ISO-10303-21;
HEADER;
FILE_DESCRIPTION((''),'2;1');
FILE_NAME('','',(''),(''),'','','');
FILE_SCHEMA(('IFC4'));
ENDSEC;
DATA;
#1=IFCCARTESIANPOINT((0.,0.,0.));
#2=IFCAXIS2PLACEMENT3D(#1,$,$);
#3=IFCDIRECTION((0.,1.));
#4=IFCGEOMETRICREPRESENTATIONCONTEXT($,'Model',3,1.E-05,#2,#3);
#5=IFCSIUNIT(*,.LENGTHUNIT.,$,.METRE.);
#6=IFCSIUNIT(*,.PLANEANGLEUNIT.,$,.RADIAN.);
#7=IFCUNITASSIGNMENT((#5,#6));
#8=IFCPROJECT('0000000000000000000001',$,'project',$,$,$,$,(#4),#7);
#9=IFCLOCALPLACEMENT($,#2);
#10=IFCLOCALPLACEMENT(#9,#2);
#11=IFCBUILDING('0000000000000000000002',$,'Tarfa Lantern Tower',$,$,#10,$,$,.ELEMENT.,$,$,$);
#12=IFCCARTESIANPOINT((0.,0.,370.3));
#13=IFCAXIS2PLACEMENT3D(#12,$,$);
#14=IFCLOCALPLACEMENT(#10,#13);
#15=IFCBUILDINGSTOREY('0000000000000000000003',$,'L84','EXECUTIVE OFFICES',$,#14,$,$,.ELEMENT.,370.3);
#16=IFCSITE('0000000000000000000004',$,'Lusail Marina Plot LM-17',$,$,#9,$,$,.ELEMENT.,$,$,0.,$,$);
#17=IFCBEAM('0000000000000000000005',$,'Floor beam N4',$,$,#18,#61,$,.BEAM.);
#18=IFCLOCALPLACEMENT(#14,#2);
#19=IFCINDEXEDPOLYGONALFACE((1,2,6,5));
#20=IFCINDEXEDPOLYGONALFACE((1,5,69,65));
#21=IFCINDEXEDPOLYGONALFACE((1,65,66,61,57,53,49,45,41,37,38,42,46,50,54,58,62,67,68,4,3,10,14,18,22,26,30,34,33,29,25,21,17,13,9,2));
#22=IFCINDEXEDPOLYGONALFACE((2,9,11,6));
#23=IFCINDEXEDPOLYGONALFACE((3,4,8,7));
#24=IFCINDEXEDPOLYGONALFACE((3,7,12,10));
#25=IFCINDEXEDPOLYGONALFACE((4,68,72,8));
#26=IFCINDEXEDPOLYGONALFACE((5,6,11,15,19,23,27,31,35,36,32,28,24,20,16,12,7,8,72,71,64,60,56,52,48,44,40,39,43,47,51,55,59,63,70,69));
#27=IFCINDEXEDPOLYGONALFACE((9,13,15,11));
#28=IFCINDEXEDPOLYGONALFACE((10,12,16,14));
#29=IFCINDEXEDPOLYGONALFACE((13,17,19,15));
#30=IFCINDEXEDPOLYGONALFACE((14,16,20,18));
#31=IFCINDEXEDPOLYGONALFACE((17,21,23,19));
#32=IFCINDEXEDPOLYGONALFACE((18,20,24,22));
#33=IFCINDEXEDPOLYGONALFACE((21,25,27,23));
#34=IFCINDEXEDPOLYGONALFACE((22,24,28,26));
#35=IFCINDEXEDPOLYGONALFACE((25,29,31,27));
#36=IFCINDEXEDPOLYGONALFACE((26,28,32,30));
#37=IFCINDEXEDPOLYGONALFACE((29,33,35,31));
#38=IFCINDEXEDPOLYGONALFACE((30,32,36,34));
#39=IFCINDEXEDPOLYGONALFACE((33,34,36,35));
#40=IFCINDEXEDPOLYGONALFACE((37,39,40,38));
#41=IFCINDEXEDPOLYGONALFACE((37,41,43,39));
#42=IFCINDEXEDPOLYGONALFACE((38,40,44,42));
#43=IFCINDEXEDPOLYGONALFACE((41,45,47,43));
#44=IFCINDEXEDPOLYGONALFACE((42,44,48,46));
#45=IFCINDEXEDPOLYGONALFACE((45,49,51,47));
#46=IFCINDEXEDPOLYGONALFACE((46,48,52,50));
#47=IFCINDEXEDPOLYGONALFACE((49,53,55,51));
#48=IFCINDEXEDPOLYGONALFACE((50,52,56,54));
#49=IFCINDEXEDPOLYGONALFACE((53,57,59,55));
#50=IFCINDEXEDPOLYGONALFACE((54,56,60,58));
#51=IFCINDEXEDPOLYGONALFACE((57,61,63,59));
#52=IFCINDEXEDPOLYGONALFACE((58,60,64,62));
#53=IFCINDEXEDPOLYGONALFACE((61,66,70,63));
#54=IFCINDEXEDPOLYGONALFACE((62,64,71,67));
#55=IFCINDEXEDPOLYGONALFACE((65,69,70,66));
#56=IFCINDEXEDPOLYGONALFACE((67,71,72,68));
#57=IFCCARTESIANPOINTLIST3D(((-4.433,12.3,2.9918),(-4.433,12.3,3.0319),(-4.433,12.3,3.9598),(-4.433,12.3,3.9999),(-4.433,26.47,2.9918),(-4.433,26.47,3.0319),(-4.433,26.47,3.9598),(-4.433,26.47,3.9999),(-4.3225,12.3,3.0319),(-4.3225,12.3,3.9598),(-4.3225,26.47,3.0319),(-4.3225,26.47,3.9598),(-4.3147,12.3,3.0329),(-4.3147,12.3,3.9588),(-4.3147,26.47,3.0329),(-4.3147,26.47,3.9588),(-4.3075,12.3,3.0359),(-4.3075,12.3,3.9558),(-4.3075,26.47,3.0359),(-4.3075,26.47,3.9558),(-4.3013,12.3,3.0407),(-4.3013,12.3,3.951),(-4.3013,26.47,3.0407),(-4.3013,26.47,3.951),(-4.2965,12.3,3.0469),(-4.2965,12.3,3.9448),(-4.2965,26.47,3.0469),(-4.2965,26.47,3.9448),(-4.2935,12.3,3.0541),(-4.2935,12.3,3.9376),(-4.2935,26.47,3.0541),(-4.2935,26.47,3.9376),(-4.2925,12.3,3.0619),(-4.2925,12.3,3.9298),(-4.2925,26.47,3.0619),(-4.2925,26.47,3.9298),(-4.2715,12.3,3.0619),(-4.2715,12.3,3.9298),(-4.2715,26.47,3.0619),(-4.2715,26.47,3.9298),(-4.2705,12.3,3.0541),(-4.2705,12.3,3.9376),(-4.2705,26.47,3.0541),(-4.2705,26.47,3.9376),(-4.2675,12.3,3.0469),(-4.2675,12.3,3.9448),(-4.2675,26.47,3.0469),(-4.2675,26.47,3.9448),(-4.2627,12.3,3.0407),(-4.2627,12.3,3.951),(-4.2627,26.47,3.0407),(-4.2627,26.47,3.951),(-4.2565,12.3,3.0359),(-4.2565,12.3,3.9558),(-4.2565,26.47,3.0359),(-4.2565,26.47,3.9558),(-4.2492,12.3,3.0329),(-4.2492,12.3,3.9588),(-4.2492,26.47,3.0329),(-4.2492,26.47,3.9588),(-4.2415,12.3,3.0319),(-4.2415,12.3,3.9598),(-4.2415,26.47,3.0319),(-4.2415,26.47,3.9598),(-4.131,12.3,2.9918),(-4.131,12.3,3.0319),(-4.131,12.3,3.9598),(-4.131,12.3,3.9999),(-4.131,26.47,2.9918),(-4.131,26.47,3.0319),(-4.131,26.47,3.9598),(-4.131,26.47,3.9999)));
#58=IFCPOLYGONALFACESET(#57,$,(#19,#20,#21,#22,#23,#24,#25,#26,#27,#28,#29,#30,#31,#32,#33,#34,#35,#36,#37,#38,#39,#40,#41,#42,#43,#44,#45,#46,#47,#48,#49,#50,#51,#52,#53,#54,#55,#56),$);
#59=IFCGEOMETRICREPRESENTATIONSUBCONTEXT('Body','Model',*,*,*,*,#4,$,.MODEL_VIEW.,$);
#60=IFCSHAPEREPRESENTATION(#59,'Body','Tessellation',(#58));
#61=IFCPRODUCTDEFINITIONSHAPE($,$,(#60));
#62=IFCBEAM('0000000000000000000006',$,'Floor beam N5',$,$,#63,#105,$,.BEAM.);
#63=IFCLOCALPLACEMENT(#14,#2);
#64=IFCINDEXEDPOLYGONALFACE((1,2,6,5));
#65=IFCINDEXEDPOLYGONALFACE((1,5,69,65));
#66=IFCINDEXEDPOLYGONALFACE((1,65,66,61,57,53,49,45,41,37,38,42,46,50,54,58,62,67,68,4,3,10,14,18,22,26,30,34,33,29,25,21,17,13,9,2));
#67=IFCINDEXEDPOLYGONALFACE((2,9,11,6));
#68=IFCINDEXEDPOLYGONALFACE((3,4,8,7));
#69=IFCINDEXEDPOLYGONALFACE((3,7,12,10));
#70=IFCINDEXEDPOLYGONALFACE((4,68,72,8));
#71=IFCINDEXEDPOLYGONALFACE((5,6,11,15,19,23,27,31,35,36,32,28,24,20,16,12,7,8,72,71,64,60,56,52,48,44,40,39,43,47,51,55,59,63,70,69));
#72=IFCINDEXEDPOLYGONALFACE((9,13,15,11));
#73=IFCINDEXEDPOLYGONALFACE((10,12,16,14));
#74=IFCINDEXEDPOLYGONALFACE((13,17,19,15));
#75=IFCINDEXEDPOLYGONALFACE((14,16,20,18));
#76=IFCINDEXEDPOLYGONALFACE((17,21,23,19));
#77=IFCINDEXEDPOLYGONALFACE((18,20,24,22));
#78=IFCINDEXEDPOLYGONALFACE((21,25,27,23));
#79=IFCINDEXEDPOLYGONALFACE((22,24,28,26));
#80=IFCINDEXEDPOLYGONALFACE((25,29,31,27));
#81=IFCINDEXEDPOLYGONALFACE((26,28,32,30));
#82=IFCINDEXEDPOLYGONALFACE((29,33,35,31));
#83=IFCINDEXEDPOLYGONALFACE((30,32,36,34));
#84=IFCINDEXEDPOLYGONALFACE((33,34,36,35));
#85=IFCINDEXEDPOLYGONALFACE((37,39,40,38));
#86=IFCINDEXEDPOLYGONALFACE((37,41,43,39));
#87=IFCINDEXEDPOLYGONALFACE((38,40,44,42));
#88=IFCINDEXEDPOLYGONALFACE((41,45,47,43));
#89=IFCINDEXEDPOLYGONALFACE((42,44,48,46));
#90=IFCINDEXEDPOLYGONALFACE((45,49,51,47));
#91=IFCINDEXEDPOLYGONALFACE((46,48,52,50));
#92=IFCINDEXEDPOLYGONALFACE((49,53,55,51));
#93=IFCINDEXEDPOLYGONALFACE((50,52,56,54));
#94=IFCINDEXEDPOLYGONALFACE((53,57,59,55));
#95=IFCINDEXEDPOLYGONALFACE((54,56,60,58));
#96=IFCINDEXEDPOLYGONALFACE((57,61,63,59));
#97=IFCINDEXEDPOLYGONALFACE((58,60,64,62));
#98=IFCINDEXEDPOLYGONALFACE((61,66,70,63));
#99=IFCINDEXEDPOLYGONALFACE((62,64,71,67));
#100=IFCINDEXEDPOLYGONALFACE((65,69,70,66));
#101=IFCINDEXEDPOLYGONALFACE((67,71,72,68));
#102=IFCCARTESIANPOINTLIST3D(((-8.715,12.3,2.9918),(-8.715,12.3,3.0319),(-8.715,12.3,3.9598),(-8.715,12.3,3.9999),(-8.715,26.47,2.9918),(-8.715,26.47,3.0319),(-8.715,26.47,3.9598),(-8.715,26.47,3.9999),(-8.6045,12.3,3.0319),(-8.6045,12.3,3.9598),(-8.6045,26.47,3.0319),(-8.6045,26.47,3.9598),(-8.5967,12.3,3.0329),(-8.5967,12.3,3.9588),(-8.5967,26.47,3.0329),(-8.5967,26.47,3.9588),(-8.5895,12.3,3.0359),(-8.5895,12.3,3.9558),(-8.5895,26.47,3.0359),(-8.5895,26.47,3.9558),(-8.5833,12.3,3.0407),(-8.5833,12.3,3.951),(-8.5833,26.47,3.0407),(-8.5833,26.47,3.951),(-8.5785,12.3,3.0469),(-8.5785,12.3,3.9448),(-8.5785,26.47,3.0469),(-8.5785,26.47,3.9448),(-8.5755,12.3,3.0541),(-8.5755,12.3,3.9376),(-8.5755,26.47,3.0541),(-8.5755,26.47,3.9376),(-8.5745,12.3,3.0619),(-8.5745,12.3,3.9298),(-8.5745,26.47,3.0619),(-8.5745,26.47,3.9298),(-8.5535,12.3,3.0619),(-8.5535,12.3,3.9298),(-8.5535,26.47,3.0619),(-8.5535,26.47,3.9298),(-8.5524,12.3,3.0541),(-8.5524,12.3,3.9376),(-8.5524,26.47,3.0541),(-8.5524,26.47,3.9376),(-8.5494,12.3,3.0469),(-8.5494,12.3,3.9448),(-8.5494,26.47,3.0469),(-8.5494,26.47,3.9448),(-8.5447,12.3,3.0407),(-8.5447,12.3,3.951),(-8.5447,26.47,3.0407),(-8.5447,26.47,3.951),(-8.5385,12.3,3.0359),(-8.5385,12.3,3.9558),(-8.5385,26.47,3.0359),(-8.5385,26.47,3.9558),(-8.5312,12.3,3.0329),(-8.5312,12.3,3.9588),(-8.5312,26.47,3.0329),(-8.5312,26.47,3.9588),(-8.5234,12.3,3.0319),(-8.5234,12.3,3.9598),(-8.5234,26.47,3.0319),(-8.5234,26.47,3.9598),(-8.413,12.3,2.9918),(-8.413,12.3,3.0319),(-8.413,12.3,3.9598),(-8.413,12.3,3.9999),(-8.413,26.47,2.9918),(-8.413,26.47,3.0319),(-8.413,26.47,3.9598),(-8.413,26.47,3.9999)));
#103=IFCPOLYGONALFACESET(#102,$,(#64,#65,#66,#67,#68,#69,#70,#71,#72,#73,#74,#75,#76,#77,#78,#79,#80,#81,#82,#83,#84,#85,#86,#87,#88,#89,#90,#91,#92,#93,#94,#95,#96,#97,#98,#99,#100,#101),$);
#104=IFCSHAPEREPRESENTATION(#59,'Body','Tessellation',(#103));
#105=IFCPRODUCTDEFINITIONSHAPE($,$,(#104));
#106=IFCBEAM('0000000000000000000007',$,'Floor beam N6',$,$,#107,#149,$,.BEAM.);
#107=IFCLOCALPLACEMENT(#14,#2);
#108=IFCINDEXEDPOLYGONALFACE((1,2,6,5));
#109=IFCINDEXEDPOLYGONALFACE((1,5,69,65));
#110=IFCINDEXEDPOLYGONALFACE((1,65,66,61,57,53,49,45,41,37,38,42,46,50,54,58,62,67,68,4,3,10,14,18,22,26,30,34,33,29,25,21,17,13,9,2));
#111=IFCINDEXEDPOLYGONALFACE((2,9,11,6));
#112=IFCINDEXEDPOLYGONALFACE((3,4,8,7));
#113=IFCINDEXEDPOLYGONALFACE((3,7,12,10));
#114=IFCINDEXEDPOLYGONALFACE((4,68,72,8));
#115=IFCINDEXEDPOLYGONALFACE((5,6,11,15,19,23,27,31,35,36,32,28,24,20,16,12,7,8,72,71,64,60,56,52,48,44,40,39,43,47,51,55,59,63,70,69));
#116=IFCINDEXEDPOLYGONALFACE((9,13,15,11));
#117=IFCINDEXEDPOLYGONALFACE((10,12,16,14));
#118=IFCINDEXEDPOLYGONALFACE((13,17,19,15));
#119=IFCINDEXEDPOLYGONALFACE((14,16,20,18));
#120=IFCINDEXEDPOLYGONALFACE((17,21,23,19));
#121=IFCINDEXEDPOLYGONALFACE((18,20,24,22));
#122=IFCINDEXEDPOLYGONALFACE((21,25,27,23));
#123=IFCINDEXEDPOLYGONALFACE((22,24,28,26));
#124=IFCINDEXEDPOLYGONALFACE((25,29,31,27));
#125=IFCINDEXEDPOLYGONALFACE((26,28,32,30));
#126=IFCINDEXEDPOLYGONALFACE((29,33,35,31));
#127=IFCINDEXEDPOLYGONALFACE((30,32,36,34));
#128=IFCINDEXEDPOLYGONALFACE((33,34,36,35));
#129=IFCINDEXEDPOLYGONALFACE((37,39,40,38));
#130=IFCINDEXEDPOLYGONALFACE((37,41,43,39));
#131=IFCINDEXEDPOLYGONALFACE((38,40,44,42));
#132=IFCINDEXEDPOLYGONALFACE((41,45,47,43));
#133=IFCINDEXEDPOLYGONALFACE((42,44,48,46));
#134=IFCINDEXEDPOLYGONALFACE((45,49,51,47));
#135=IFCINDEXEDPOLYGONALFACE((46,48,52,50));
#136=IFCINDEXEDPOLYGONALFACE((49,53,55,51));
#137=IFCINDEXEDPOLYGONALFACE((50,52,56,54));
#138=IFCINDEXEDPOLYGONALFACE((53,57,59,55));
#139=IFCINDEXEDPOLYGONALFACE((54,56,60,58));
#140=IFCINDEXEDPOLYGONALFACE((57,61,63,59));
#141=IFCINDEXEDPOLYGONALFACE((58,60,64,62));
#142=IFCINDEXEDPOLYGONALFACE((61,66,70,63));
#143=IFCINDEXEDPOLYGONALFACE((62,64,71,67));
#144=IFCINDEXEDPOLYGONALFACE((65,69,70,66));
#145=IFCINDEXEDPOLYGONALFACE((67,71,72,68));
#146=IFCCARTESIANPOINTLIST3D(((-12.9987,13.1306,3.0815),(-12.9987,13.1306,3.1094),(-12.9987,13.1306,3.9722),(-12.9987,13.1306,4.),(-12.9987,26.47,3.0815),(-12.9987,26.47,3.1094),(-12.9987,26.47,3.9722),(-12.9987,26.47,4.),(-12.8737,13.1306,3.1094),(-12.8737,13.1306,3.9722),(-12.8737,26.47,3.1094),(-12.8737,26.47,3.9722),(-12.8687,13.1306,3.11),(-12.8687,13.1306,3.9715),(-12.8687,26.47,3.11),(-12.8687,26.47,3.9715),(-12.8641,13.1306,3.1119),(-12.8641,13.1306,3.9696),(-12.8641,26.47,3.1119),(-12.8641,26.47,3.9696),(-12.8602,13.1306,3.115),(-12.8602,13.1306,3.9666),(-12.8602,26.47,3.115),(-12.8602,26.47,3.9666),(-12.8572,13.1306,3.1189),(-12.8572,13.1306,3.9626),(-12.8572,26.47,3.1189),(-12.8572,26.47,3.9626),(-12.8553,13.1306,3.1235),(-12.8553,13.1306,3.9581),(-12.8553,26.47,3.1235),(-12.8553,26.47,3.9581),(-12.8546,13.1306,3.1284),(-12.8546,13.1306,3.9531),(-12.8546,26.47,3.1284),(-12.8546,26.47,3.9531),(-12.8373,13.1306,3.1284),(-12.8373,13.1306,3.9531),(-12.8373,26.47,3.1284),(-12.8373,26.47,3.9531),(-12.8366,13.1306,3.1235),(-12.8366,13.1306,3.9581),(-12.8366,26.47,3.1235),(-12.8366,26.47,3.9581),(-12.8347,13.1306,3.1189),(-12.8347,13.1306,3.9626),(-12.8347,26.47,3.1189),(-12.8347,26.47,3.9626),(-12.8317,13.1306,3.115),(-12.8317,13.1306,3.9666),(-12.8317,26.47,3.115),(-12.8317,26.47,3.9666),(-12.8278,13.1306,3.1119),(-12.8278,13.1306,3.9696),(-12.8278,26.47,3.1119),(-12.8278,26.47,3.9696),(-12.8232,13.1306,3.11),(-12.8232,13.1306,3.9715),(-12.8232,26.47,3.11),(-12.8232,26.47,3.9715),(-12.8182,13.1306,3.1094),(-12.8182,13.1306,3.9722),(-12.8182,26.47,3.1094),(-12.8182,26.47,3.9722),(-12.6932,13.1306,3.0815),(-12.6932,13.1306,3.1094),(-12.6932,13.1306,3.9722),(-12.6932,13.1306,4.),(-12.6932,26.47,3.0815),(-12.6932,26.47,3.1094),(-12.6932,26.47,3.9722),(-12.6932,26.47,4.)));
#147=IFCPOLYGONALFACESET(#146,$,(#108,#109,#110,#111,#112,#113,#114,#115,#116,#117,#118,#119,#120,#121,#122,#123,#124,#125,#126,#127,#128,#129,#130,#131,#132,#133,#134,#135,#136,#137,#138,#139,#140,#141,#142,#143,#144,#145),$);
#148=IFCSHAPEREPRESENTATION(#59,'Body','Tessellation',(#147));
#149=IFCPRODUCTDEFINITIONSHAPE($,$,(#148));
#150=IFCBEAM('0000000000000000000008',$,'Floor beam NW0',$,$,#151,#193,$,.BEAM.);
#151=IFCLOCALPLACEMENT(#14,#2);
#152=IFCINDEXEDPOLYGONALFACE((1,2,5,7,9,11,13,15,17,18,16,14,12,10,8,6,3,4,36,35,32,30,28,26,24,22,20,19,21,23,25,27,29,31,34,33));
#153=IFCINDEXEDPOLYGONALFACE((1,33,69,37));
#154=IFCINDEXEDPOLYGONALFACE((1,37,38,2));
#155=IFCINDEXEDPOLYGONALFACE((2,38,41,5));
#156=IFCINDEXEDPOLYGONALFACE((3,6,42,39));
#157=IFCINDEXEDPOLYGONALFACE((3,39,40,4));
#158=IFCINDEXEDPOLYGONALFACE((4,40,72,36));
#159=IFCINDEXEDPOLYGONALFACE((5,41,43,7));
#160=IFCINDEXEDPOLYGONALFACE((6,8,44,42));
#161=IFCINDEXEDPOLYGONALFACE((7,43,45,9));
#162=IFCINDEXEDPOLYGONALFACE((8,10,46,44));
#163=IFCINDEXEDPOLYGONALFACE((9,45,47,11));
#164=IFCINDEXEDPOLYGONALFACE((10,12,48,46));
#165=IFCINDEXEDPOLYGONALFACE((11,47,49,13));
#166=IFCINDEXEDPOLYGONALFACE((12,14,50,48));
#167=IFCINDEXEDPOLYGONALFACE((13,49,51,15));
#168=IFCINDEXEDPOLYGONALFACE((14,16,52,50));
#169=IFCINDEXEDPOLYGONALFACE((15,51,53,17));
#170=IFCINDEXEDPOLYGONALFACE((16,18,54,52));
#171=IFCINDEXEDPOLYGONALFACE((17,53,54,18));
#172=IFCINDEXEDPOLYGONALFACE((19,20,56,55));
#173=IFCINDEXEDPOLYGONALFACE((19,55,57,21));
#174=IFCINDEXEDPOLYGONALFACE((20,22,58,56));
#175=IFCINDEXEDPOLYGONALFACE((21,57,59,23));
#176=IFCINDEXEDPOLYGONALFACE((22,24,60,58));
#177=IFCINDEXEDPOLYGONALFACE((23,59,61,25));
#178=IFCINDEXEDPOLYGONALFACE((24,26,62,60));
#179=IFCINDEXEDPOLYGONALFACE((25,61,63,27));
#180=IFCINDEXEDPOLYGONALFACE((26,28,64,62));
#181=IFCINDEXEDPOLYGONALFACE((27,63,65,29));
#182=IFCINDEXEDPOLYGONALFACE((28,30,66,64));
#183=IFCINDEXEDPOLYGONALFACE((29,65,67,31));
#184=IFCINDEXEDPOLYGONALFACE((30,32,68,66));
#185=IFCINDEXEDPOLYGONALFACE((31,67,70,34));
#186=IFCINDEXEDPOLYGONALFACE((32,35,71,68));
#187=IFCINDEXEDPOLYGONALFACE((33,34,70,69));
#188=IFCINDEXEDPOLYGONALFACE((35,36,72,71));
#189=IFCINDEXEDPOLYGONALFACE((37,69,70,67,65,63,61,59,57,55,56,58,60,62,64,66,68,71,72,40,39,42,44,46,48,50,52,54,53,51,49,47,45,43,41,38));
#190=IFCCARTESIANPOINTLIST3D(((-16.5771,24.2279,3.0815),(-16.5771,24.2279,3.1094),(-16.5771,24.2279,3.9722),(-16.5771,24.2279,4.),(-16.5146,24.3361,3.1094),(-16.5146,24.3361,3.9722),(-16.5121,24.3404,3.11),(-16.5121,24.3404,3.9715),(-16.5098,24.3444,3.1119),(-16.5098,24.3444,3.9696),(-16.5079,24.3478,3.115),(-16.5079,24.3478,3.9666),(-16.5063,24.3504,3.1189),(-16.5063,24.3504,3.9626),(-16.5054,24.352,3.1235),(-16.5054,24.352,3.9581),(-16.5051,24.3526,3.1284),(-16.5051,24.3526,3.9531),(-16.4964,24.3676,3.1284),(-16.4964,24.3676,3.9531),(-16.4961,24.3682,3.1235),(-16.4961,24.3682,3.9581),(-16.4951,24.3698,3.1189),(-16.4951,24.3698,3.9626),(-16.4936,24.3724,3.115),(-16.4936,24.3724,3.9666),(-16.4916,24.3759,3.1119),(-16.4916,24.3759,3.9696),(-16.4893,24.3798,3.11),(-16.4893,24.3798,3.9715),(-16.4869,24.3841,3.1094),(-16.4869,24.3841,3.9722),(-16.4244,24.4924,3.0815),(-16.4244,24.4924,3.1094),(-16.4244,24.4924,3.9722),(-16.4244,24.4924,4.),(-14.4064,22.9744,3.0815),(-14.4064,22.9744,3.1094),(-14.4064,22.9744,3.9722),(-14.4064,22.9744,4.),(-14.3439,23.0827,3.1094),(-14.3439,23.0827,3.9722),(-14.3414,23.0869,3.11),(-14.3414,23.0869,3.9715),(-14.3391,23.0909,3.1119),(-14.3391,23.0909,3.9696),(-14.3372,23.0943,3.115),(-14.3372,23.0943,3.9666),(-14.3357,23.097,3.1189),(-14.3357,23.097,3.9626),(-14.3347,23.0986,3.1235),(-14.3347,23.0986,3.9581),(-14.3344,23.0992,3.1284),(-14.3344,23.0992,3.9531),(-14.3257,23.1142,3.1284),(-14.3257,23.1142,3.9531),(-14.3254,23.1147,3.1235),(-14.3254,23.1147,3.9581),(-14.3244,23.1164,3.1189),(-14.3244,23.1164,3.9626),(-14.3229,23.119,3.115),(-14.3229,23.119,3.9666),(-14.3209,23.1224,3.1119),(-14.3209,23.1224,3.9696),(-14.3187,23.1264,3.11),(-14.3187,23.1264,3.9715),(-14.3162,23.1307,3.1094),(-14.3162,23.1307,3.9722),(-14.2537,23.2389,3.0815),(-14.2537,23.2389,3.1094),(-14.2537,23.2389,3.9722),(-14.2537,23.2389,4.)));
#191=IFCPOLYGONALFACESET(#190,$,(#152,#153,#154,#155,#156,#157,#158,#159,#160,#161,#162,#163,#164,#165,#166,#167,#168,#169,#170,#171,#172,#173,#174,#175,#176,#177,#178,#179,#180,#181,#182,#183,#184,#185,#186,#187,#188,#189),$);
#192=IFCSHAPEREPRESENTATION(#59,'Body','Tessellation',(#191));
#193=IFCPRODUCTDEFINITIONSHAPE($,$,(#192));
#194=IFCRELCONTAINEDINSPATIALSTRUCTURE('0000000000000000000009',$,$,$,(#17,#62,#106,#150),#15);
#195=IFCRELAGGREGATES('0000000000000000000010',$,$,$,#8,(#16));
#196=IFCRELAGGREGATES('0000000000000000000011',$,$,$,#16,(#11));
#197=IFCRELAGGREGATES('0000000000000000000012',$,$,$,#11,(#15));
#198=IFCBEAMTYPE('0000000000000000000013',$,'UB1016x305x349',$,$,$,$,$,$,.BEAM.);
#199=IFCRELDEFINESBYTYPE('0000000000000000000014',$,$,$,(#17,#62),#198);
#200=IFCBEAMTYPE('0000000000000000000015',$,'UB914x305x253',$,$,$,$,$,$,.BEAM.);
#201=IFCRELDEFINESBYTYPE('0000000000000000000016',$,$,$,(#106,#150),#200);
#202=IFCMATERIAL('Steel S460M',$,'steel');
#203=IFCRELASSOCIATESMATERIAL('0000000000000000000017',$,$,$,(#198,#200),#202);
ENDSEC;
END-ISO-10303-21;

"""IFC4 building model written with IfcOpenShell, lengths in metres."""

from ifc_helpers import new_model, si_unit, direction, frame, origin, origin_2d, place, context, subcontext, project, spatial, i_section, extrude, material, material_profile, profile_set, type_object, element, save


model = new_model("IFC4")

# Units and contexts
model_context = context("Model", 3, precision=1e-05, world=origin(), true_north=direction((0.0, 1.0)))
body_context = subcontext(model_context, "Body", "Model", "MODEL_VIEW")
ifc_project = project(units=[si_unit("LENGTHUNIT", "METRE"), si_unit("PLANEANGLEUNIT", "RADIAN")], contexts=[model_context])

# Site, building, storey
site_placement = place(None, origin())
site = spatial("IfcSite", under=ifc_project, at=site_placement, Name="Lusail Marina Plot LM-17", CompositionType="ELEMENT", RefElevation=0.0)
building_placement = place(site_placement, origin())
building = spatial("IfcBuilding", under=site, at=building_placement, Name="Tarfa Lantern Tower", CompositionType="ELEMENT")
storey_placement = place(building_placement, frame((0.0, 0.0, 370.3)))
storey = spatial("IfcBuildingStorey", under=building, at=storey_placement, Name="L84", Description="EXECUTIVE OFFICES", CompositionType="ELEMENT", Elevation=370.3)

# Beams
ifc_material_1 = material(Name="Steel S460M", Category="steel")
ifc_material_profile_1 = material_profile(ifc_material_1, i_section(OverallWidth=0.302, OverallDepth=1.0081, WebThickness=0.021, FlangeThickness=0.04, FilletRadius=0.03, at=origin_2d()), Name="UB1016x305x349")
ifc_profile_set_1 = profile_set([ifc_material_profile_1], Name="Steel S460M")
beam_type_1 = type_object("IfcBeamType", Name="UB1016x305x349", PredefinedType="BEAM", material=ifc_profile_set_1)
for number, where, z_axis, x_axis, name in (
    (1, (-4.282, 26.47, 3.4958), (0.0, -1.0, 0.0), (1.0, 0.0, 0.0), "Floor beam N4"),
    (2, (-8.564, 26.47, 3.4958), (0.0, -1.0, 0.0), (1.0, 0.0, 0.0), "Floor beam N5"),
):
    element("IfcBeam", number, at=place(storey_placement, frame(where, z_axis=z_axis, x_axis=x_axis)), inside=storey, type_object=beam_type_1, Name=name, PredefinedType="BEAM", context=body_context, shape_type="SweptSolid", body=[
        extrude(i_section(OverallWidth=0.302, OverallDepth=1.0081, WebThickness=0.021, FlangeThickness=0.04, FilletRadius=0.03, at=origin_2d()), origin(), (0.0, 0.0, 1.0), 14.1699),
    ])
ifc_material_profile_2 = material_profile(ifc_material_1, i_section(OverallWidth=0.3054, OverallDepth=0.9185, WebThickness=0.0173, FlangeThickness=0.0278, FilletRadius=0.019, at=origin_2d()), Name="UB914x305x253")
ifc_profile_set_2 = profile_set([ifc_material_profile_2], Name="Steel S460M")
beam_type_2 = type_object("IfcBeamType", Name="UB914x305x253", PredefinedType="BEAM", material=ifc_profile_set_2)
beam_1_placement = place(storey_placement, frame((-12.8459, 26.47, 3.5408), z_axis=(0.0, -1.0, 0.0), x_axis=(1.0, 0.0, 0.0)))
element("IfcBeam", 3, at=beam_1_placement, inside=storey, type_object=beam_type_2, Name="Floor beam N6", PredefinedType="BEAM", context=body_context, shape_type="SweptSolid", body=[
    extrude(i_section(OverallWidth=0.3054, OverallDepth=0.9185, WebThickness=0.0173, FlangeThickness=0.0278, FilletRadius=0.019, at=origin_2d()), origin(), (0.0, 0.0, 1.0), 13.3394),
])
beam_2_placement = place(storey_placement, frame((-16.5007, 24.3601, 3.5408), z_axis=(0.865993, -0.500057, 0.0), x_axis=(0.500057, 0.865993, 0.0)))
element("IfcBeam", 4, at=beam_2_placement, inside=storey, type_object=beam_type_2, Name="Floor beam NW0", PredefinedType="BEAM", context=body_context, shape_type="SweptSolid", body=[
    extrude(i_section(OverallWidth=0.3054, OverallDepth=0.9185, WebThickness=0.0173, FlangeThickness=0.0278, FilletRadius=0.019, at=origin_2d()), origin(), (0.0, 0.0, 1.0), 2.5066),
])

save(model, "model.ifc")
